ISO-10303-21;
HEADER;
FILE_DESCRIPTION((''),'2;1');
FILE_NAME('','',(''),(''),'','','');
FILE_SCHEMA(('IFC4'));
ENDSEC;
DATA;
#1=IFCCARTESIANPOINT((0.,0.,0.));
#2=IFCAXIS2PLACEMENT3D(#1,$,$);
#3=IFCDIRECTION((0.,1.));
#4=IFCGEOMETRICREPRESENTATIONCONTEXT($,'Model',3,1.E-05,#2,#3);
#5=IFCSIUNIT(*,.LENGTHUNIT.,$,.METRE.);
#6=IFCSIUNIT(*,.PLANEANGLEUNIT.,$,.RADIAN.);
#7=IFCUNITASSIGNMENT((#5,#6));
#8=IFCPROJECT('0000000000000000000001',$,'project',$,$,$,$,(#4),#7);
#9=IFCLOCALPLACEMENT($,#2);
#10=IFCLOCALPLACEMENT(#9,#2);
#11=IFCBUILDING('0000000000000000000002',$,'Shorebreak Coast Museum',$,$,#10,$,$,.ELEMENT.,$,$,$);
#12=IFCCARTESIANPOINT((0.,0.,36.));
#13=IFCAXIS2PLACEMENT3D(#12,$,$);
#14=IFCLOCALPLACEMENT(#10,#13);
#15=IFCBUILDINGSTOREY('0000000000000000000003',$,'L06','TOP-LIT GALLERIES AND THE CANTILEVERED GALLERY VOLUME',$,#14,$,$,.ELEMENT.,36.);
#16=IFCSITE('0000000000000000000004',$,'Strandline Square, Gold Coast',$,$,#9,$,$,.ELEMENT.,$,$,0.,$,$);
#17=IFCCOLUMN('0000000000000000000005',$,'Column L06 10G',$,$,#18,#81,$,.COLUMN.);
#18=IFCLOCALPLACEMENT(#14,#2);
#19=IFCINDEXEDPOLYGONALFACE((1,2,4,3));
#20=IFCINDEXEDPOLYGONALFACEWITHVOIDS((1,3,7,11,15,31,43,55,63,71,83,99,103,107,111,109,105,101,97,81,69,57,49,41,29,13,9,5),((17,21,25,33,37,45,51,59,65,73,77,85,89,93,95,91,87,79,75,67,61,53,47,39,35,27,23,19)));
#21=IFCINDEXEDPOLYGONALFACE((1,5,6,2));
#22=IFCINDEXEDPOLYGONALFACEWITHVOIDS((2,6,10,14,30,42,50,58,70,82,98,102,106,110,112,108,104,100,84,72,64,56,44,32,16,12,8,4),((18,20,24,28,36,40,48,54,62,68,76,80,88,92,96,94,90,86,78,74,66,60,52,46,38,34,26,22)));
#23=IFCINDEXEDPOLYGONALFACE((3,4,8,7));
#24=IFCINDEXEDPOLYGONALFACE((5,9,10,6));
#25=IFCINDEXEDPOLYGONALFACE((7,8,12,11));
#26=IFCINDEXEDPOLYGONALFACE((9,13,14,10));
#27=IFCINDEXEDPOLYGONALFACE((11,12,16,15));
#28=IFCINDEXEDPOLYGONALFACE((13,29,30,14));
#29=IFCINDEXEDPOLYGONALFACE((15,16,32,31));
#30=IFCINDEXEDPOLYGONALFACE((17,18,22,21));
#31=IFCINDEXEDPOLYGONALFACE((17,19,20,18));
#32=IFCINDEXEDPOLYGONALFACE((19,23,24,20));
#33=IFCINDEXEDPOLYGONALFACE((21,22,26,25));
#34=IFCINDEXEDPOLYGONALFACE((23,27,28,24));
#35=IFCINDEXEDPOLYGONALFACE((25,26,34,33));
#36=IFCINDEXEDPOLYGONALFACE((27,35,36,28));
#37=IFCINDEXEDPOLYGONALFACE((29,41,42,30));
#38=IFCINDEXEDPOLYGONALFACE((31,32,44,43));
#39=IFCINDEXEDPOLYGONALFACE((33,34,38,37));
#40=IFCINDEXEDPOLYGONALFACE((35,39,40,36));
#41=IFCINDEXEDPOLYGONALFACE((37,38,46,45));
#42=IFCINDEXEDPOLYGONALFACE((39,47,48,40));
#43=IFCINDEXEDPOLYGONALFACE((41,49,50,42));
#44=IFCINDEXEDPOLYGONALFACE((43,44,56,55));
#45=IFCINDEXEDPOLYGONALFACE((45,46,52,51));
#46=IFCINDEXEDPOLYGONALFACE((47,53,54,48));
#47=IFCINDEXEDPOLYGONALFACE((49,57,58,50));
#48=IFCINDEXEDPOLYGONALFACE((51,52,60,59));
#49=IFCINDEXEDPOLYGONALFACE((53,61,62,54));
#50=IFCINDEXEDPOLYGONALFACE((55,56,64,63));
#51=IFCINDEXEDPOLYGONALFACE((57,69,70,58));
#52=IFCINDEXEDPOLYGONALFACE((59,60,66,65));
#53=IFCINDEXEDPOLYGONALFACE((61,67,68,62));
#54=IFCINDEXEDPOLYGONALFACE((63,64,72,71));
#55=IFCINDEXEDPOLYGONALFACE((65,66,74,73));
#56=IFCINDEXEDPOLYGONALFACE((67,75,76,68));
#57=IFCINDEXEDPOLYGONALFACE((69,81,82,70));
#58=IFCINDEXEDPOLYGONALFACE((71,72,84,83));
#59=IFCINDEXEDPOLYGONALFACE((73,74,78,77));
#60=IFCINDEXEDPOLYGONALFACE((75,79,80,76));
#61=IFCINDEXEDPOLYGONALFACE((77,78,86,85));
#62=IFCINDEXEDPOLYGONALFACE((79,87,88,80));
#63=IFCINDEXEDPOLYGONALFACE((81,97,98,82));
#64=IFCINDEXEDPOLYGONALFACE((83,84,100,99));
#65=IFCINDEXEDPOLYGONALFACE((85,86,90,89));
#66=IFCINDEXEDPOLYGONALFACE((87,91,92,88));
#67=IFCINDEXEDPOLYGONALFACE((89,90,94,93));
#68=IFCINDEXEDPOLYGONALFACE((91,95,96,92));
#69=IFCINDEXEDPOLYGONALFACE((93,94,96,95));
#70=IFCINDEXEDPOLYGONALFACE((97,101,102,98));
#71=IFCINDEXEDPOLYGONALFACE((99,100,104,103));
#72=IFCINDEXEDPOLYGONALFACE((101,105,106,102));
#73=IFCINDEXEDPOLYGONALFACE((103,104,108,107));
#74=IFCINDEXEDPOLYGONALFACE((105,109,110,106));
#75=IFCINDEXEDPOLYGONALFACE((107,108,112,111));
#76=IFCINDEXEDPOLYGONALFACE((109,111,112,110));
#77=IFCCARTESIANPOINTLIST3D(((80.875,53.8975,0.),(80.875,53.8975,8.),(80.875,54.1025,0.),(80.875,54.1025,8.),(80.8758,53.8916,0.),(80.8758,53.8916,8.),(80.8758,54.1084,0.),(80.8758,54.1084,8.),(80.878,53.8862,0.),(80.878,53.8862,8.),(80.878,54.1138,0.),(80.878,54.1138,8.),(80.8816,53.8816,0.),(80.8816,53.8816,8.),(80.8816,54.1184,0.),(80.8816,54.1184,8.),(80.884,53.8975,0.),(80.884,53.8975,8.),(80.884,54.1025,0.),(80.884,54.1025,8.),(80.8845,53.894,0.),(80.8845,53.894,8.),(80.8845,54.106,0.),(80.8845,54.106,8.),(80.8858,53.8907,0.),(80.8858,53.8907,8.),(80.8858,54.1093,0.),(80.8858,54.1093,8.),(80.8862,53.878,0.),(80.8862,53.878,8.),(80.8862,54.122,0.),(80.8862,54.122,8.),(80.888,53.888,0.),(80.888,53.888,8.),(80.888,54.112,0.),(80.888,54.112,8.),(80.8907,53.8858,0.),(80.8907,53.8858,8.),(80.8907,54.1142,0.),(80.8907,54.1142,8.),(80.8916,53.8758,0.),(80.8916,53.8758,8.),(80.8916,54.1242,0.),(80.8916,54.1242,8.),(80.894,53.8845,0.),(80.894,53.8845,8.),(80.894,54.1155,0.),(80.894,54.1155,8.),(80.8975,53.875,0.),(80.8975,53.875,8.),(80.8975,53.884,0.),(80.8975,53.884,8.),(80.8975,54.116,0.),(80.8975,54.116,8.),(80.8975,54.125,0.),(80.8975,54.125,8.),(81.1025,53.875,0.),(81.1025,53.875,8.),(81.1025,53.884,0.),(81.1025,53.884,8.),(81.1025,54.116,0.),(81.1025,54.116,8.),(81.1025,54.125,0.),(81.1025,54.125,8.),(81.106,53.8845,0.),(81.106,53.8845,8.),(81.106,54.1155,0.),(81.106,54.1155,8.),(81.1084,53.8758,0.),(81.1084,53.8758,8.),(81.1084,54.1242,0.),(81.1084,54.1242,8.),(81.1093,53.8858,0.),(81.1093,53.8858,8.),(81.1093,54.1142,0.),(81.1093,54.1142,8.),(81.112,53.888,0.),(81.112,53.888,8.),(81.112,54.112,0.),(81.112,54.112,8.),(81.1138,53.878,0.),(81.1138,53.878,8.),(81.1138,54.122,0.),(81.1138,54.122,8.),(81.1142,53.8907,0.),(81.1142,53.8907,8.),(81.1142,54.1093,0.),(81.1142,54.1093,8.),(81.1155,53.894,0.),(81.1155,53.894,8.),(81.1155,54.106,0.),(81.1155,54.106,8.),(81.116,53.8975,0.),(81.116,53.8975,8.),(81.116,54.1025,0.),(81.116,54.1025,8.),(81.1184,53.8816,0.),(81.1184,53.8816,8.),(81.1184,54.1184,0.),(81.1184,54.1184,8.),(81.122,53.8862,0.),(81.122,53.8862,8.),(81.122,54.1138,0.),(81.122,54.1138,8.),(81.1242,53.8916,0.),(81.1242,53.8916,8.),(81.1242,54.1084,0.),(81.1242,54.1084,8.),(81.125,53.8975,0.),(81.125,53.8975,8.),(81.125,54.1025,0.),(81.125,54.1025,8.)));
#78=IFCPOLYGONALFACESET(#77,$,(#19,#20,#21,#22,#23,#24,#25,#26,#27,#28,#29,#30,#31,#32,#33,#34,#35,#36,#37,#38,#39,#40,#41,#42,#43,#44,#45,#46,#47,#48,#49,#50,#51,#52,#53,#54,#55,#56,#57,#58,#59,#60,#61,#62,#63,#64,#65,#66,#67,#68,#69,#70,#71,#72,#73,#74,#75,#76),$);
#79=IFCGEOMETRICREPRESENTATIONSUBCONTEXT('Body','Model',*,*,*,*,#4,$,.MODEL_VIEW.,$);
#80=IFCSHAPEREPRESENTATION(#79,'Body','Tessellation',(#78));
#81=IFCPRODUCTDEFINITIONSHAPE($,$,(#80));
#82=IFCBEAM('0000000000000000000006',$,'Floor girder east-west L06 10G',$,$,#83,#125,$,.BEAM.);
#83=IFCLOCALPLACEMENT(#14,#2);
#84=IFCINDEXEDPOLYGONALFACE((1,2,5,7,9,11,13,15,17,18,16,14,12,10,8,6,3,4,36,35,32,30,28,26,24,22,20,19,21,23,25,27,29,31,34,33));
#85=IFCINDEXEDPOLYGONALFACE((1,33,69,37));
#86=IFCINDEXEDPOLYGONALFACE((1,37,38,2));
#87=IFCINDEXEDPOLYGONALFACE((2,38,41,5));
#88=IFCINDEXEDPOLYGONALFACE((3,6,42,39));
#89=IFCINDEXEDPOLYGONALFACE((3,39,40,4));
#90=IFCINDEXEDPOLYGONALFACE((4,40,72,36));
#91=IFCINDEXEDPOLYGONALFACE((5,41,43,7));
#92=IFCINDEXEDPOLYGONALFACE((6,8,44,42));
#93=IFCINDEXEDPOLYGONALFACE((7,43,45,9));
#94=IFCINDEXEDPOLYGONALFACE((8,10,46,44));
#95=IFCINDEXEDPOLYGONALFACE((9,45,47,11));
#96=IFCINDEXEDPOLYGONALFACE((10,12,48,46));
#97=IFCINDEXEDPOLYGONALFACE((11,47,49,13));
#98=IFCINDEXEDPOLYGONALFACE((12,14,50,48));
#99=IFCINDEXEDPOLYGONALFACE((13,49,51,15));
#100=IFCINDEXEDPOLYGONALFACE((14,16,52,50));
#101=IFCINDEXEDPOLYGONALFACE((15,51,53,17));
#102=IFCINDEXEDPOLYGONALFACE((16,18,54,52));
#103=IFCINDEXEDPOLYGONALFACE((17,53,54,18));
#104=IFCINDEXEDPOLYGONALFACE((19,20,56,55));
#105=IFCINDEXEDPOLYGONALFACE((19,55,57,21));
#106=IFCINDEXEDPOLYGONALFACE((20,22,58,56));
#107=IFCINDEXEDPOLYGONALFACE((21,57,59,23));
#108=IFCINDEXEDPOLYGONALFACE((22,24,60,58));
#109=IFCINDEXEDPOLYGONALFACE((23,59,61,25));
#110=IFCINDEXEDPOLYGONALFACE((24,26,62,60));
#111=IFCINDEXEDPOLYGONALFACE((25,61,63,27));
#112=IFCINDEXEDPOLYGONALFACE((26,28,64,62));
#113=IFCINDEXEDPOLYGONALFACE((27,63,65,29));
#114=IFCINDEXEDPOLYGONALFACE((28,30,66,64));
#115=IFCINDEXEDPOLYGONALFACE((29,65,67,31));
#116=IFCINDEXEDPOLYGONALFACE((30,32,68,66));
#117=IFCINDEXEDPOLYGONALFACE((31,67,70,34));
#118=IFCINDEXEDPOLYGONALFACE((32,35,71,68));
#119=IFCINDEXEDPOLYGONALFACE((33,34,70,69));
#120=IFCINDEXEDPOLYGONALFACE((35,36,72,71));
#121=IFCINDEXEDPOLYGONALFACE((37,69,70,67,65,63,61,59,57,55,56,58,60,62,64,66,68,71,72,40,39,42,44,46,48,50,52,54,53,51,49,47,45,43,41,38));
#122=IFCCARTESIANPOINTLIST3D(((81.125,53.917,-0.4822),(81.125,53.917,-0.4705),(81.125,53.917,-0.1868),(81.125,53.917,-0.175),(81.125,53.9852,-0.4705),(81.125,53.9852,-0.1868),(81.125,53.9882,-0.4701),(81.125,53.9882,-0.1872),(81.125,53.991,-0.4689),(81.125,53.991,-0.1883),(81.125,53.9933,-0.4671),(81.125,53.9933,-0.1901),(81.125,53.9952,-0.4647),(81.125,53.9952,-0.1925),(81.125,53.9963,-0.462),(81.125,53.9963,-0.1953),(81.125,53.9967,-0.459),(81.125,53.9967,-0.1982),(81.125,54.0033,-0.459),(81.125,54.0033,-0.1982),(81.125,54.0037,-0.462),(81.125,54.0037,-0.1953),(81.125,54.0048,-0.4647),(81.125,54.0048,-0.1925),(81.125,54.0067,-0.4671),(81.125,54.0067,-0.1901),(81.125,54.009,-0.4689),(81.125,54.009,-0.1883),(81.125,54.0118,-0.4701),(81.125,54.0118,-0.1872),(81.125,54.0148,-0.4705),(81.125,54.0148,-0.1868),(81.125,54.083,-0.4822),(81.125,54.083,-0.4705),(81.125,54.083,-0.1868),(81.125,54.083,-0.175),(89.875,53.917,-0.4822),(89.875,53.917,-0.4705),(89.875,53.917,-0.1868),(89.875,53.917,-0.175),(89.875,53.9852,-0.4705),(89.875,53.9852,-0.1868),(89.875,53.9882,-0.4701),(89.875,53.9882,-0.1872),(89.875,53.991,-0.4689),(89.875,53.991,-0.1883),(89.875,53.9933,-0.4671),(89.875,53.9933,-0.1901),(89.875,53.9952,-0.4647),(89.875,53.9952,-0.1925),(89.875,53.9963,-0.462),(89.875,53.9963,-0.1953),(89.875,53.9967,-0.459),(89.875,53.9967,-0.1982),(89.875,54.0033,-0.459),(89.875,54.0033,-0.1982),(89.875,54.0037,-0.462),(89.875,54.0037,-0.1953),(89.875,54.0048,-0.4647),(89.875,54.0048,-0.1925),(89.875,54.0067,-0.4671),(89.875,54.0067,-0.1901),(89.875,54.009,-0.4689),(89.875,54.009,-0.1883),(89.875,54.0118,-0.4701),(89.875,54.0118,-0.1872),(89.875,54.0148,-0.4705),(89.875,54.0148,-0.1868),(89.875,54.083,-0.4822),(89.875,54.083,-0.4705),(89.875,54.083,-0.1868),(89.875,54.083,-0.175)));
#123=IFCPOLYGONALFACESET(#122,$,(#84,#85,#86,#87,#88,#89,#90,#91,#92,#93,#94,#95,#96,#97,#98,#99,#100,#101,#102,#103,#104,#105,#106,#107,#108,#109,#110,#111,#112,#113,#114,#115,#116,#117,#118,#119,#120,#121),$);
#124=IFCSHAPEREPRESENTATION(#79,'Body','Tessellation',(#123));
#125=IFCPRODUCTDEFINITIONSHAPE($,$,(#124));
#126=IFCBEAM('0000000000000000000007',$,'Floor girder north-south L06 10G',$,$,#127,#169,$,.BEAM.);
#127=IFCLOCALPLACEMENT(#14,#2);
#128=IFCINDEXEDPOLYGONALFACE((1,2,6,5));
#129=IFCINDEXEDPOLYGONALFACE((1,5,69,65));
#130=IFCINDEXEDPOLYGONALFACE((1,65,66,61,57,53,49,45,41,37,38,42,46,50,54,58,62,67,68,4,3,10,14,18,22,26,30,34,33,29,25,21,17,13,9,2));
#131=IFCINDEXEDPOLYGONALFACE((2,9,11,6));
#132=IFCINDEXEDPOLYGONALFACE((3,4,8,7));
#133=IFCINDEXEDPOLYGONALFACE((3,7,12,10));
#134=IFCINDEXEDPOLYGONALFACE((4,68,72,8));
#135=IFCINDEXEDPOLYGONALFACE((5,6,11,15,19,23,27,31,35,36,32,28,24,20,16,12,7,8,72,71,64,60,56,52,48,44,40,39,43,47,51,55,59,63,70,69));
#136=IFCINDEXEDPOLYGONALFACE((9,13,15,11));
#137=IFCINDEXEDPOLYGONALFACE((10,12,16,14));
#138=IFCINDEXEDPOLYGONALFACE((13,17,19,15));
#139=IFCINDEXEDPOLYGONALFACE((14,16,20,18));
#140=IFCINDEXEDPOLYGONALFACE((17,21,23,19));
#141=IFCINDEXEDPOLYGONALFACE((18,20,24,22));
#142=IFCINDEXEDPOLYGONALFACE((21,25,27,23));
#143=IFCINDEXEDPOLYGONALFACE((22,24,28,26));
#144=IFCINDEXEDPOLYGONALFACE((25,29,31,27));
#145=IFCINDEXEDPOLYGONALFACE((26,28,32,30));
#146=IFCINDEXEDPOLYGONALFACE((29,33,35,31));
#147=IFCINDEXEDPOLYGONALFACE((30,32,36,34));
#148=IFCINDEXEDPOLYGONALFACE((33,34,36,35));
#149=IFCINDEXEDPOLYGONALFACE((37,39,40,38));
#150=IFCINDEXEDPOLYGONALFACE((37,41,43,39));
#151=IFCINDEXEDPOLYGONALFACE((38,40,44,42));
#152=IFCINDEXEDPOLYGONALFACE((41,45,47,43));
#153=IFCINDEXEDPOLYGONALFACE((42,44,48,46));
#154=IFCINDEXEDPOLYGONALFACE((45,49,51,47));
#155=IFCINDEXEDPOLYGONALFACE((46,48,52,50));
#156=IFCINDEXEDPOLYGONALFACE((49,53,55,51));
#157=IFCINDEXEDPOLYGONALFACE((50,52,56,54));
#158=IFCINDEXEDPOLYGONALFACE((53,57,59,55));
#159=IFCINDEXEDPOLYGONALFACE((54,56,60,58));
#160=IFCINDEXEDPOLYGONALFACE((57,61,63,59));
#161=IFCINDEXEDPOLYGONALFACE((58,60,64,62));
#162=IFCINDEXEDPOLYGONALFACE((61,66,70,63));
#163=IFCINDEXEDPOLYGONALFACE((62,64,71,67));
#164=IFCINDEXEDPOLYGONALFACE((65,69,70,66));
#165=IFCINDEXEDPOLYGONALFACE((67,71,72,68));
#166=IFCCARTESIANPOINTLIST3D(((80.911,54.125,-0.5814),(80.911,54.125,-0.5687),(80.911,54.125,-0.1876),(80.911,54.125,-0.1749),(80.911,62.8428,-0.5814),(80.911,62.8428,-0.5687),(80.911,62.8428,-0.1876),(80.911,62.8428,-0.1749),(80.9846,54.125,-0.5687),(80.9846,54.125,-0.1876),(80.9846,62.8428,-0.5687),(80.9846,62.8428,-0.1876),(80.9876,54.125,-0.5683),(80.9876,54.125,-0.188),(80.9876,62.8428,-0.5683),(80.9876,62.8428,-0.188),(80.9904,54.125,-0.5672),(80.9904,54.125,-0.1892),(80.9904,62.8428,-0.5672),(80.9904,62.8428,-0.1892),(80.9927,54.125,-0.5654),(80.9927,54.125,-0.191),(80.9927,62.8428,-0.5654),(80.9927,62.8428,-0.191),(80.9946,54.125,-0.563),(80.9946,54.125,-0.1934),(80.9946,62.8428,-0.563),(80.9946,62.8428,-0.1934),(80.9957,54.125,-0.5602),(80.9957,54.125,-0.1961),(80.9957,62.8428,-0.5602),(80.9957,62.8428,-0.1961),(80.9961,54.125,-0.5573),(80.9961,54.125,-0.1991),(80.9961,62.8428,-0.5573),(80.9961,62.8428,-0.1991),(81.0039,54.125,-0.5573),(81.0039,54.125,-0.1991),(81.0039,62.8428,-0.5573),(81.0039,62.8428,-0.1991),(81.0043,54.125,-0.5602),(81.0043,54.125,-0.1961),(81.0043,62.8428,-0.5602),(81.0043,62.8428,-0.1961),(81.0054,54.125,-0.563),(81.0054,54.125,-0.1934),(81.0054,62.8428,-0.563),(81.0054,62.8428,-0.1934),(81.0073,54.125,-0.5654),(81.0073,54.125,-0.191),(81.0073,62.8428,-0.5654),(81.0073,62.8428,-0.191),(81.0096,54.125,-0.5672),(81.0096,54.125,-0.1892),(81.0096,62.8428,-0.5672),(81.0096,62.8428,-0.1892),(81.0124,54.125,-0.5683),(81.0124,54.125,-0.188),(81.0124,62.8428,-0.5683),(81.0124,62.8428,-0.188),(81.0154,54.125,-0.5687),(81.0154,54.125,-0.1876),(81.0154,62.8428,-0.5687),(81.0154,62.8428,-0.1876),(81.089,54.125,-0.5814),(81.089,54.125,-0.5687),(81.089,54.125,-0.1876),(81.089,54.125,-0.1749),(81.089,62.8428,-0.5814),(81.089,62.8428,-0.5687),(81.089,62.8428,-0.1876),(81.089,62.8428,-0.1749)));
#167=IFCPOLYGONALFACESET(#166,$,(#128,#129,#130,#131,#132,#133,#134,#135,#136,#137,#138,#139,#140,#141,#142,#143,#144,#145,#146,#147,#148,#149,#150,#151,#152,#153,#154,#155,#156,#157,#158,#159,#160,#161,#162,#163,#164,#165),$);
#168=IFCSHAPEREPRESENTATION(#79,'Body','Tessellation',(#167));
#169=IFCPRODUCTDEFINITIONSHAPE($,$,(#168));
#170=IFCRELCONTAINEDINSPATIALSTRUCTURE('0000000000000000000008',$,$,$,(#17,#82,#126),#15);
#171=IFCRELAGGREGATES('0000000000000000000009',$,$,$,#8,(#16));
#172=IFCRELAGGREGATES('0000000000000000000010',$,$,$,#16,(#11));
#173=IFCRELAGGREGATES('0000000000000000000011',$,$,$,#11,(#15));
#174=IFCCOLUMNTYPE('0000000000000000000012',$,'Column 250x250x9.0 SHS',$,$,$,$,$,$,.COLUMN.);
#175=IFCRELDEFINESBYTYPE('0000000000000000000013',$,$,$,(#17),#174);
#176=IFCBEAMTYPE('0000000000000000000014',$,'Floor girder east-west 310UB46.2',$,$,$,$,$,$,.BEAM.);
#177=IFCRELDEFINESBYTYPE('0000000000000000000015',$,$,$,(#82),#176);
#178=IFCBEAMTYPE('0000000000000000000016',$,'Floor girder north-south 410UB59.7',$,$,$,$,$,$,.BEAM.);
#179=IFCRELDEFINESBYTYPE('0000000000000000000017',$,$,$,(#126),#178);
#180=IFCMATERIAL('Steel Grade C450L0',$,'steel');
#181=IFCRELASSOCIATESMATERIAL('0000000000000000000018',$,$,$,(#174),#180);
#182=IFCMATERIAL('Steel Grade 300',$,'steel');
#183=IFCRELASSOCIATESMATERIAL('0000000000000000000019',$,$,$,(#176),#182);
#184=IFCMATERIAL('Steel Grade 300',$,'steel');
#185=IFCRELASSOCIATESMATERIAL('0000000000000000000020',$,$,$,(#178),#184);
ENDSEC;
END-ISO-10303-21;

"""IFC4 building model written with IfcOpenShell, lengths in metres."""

from ifc_helpers import new_model, si_unit, direction, frame, origin, origin_2d, place, context, subcontext, project, spatial, hollow_rectangle, i_section, extrude, material, material_profile, profile_set, type_object, element, save


model = new_model("IFC4")

# Units and contexts
model_context = context("Model", 3, precision=1e-05, world=origin(), true_north=direction((0.0, 1.0)))
body_context = subcontext(model_context, "Body", "Model", "MODEL_VIEW")
ifc_project = project(units=[si_unit("LENGTHUNIT", "METRE"), si_unit("PLANEANGLEUNIT", "RADIAN")], contexts=[model_context])

# Site, building, storey
site_placement = place(None, origin())
site = spatial("IfcSite", under=ifc_project, at=site_placement, Name="Strandline Square, Gold Coast", CompositionType="ELEMENT", RefElevation=0.0)
building_placement = place(site_placement, origin())
building = spatial("IfcBuilding", under=site, at=building_placement, Name="Shorebreak Coast Museum", CompositionType="ELEMENT")
storey_placement = place(building_placement, frame((0.0, 0.0, 36.0)))
storey = spatial("IfcBuildingStorey", under=building, at=storey_placement, Name="L06", Description="TOP-LIT GALLERIES AND THE CANTILEVERED GALLERY VOLUME", CompositionType="ELEMENT", Elevation=36.0)

# Column
ifc_material_1 = material(Name="Steel Grade C450L0", Category="steel")
ifc_material_profile_1 = material_profile(ifc_material_1, hollow_rectangle(XDim=0.25, YDim=0.25, WallThickness=0.009, InnerFilletRadius=0.0134, OuterFilletRadius=0.0225, at=origin_2d()), Name="250x250x9.0 SHS")
ifc_profile_set_1 = profile_set([ifc_material_profile_1], Name="Steel Grade C450L0")
column_type = type_object("IfcColumnType", Name="Column 250x250x9.0 SHS", PredefinedType="COLUMN", material=ifc_profile_set_1)
column_placement = place(storey_placement, frame((81.0, 54.0, 0.0), z_axis=(0.0, 0.0, 1.0), x_axis=(1.0, 0.0, 0.0)))
element("IfcColumn", 1, at=column_placement, inside=storey, type_object=column_type, Name="Column L06 10G", PredefinedType="COLUMN", context=body_context, shape_type="SweptSolid", body=[
    extrude(hollow_rectangle(XDim=0.25, YDim=0.25, WallThickness=0.009, InnerFilletRadius=0.0134, OuterFilletRadius=0.0225, at=origin_2d()), origin(), (0.0, 0.0, 1.0), 8.0),
])

# Beams
ifc_material_2 = material(Name="Steel Grade 300", Category="steel")
ifc_material_profile_2 = material_profile(ifc_material_2, i_section(OverallWidth=0.166, OverallDepth=0.3071, WebThickness=0.0066, FlangeThickness=0.0117, FilletRadius=0.0115, at=origin_2d()), Name="310UB46.2")
ifc_profile_set_2 = profile_set([ifc_material_profile_2], Name="Steel Grade 300")
beam_type_1 = type_object("IfcBeamType", Name="Floor girder east-west 310UB46.2", PredefinedType="BEAM", material=ifc_profile_set_2)
beam_1_placement = place(storey_placement, frame((81.125, 54.0, -0.3286), z_axis=(1.0, 0.0, 0.0), x_axis=(0.0, 1.0, 0.0)))
element("IfcBeam", 2, at=beam_1_placement, inside=storey, type_object=beam_type_1, Name="Floor girder east-west L06 10G", PredefinedType="BEAM", context=body_context, shape_type="SweptSolid", body=[
    extrude(i_section(OverallWidth=0.166, OverallDepth=0.3071, WebThickness=0.0066, FlangeThickness=0.0117, FilletRadius=0.0115, at=origin_2d()), origin(), (0.0, 0.0, 1.0), 8.75),
])
ifc_material_3 = material(Name="Steel Grade 300", Category="steel")
ifc_material_profile_3 = material_profile(ifc_material_3, i_section(OverallWidth=0.178, OverallDepth=0.4065, WebThickness=0.0078, FlangeThickness=0.0127, FilletRadius=0.0115, at=origin_2d()), Name="410UB59.7")
ifc_profile_set_3 = profile_set([ifc_material_profile_3], Name="Steel Grade 300")
beam_type_2 = type_object("IfcBeamType", Name="Floor girder north-south 410UB59.7", PredefinedType="BEAM", material=ifc_profile_set_3)
beam_2_placement = place(storey_placement, frame((81.0, 54.125, -0.3782), z_axis=(0.0, 1.0, 0.0), x_axis=(-1.0, 0.0, 0.0)))
element("IfcBeam", 3, at=beam_2_placement, inside=storey, type_object=beam_type_2, Name="Floor girder north-south L06 10G", PredefinedType="BEAM", context=body_context, shape_type="SweptSolid", body=[
    extrude(i_section(OverallWidth=0.178, OverallDepth=0.4065, WebThickness=0.0078, FlangeThickness=0.0127, FilletRadius=0.0115, at=origin_2d()), origin(), (0.0, 0.0, 1.0), 8.7178),
])

save(model, "model.ifc")
